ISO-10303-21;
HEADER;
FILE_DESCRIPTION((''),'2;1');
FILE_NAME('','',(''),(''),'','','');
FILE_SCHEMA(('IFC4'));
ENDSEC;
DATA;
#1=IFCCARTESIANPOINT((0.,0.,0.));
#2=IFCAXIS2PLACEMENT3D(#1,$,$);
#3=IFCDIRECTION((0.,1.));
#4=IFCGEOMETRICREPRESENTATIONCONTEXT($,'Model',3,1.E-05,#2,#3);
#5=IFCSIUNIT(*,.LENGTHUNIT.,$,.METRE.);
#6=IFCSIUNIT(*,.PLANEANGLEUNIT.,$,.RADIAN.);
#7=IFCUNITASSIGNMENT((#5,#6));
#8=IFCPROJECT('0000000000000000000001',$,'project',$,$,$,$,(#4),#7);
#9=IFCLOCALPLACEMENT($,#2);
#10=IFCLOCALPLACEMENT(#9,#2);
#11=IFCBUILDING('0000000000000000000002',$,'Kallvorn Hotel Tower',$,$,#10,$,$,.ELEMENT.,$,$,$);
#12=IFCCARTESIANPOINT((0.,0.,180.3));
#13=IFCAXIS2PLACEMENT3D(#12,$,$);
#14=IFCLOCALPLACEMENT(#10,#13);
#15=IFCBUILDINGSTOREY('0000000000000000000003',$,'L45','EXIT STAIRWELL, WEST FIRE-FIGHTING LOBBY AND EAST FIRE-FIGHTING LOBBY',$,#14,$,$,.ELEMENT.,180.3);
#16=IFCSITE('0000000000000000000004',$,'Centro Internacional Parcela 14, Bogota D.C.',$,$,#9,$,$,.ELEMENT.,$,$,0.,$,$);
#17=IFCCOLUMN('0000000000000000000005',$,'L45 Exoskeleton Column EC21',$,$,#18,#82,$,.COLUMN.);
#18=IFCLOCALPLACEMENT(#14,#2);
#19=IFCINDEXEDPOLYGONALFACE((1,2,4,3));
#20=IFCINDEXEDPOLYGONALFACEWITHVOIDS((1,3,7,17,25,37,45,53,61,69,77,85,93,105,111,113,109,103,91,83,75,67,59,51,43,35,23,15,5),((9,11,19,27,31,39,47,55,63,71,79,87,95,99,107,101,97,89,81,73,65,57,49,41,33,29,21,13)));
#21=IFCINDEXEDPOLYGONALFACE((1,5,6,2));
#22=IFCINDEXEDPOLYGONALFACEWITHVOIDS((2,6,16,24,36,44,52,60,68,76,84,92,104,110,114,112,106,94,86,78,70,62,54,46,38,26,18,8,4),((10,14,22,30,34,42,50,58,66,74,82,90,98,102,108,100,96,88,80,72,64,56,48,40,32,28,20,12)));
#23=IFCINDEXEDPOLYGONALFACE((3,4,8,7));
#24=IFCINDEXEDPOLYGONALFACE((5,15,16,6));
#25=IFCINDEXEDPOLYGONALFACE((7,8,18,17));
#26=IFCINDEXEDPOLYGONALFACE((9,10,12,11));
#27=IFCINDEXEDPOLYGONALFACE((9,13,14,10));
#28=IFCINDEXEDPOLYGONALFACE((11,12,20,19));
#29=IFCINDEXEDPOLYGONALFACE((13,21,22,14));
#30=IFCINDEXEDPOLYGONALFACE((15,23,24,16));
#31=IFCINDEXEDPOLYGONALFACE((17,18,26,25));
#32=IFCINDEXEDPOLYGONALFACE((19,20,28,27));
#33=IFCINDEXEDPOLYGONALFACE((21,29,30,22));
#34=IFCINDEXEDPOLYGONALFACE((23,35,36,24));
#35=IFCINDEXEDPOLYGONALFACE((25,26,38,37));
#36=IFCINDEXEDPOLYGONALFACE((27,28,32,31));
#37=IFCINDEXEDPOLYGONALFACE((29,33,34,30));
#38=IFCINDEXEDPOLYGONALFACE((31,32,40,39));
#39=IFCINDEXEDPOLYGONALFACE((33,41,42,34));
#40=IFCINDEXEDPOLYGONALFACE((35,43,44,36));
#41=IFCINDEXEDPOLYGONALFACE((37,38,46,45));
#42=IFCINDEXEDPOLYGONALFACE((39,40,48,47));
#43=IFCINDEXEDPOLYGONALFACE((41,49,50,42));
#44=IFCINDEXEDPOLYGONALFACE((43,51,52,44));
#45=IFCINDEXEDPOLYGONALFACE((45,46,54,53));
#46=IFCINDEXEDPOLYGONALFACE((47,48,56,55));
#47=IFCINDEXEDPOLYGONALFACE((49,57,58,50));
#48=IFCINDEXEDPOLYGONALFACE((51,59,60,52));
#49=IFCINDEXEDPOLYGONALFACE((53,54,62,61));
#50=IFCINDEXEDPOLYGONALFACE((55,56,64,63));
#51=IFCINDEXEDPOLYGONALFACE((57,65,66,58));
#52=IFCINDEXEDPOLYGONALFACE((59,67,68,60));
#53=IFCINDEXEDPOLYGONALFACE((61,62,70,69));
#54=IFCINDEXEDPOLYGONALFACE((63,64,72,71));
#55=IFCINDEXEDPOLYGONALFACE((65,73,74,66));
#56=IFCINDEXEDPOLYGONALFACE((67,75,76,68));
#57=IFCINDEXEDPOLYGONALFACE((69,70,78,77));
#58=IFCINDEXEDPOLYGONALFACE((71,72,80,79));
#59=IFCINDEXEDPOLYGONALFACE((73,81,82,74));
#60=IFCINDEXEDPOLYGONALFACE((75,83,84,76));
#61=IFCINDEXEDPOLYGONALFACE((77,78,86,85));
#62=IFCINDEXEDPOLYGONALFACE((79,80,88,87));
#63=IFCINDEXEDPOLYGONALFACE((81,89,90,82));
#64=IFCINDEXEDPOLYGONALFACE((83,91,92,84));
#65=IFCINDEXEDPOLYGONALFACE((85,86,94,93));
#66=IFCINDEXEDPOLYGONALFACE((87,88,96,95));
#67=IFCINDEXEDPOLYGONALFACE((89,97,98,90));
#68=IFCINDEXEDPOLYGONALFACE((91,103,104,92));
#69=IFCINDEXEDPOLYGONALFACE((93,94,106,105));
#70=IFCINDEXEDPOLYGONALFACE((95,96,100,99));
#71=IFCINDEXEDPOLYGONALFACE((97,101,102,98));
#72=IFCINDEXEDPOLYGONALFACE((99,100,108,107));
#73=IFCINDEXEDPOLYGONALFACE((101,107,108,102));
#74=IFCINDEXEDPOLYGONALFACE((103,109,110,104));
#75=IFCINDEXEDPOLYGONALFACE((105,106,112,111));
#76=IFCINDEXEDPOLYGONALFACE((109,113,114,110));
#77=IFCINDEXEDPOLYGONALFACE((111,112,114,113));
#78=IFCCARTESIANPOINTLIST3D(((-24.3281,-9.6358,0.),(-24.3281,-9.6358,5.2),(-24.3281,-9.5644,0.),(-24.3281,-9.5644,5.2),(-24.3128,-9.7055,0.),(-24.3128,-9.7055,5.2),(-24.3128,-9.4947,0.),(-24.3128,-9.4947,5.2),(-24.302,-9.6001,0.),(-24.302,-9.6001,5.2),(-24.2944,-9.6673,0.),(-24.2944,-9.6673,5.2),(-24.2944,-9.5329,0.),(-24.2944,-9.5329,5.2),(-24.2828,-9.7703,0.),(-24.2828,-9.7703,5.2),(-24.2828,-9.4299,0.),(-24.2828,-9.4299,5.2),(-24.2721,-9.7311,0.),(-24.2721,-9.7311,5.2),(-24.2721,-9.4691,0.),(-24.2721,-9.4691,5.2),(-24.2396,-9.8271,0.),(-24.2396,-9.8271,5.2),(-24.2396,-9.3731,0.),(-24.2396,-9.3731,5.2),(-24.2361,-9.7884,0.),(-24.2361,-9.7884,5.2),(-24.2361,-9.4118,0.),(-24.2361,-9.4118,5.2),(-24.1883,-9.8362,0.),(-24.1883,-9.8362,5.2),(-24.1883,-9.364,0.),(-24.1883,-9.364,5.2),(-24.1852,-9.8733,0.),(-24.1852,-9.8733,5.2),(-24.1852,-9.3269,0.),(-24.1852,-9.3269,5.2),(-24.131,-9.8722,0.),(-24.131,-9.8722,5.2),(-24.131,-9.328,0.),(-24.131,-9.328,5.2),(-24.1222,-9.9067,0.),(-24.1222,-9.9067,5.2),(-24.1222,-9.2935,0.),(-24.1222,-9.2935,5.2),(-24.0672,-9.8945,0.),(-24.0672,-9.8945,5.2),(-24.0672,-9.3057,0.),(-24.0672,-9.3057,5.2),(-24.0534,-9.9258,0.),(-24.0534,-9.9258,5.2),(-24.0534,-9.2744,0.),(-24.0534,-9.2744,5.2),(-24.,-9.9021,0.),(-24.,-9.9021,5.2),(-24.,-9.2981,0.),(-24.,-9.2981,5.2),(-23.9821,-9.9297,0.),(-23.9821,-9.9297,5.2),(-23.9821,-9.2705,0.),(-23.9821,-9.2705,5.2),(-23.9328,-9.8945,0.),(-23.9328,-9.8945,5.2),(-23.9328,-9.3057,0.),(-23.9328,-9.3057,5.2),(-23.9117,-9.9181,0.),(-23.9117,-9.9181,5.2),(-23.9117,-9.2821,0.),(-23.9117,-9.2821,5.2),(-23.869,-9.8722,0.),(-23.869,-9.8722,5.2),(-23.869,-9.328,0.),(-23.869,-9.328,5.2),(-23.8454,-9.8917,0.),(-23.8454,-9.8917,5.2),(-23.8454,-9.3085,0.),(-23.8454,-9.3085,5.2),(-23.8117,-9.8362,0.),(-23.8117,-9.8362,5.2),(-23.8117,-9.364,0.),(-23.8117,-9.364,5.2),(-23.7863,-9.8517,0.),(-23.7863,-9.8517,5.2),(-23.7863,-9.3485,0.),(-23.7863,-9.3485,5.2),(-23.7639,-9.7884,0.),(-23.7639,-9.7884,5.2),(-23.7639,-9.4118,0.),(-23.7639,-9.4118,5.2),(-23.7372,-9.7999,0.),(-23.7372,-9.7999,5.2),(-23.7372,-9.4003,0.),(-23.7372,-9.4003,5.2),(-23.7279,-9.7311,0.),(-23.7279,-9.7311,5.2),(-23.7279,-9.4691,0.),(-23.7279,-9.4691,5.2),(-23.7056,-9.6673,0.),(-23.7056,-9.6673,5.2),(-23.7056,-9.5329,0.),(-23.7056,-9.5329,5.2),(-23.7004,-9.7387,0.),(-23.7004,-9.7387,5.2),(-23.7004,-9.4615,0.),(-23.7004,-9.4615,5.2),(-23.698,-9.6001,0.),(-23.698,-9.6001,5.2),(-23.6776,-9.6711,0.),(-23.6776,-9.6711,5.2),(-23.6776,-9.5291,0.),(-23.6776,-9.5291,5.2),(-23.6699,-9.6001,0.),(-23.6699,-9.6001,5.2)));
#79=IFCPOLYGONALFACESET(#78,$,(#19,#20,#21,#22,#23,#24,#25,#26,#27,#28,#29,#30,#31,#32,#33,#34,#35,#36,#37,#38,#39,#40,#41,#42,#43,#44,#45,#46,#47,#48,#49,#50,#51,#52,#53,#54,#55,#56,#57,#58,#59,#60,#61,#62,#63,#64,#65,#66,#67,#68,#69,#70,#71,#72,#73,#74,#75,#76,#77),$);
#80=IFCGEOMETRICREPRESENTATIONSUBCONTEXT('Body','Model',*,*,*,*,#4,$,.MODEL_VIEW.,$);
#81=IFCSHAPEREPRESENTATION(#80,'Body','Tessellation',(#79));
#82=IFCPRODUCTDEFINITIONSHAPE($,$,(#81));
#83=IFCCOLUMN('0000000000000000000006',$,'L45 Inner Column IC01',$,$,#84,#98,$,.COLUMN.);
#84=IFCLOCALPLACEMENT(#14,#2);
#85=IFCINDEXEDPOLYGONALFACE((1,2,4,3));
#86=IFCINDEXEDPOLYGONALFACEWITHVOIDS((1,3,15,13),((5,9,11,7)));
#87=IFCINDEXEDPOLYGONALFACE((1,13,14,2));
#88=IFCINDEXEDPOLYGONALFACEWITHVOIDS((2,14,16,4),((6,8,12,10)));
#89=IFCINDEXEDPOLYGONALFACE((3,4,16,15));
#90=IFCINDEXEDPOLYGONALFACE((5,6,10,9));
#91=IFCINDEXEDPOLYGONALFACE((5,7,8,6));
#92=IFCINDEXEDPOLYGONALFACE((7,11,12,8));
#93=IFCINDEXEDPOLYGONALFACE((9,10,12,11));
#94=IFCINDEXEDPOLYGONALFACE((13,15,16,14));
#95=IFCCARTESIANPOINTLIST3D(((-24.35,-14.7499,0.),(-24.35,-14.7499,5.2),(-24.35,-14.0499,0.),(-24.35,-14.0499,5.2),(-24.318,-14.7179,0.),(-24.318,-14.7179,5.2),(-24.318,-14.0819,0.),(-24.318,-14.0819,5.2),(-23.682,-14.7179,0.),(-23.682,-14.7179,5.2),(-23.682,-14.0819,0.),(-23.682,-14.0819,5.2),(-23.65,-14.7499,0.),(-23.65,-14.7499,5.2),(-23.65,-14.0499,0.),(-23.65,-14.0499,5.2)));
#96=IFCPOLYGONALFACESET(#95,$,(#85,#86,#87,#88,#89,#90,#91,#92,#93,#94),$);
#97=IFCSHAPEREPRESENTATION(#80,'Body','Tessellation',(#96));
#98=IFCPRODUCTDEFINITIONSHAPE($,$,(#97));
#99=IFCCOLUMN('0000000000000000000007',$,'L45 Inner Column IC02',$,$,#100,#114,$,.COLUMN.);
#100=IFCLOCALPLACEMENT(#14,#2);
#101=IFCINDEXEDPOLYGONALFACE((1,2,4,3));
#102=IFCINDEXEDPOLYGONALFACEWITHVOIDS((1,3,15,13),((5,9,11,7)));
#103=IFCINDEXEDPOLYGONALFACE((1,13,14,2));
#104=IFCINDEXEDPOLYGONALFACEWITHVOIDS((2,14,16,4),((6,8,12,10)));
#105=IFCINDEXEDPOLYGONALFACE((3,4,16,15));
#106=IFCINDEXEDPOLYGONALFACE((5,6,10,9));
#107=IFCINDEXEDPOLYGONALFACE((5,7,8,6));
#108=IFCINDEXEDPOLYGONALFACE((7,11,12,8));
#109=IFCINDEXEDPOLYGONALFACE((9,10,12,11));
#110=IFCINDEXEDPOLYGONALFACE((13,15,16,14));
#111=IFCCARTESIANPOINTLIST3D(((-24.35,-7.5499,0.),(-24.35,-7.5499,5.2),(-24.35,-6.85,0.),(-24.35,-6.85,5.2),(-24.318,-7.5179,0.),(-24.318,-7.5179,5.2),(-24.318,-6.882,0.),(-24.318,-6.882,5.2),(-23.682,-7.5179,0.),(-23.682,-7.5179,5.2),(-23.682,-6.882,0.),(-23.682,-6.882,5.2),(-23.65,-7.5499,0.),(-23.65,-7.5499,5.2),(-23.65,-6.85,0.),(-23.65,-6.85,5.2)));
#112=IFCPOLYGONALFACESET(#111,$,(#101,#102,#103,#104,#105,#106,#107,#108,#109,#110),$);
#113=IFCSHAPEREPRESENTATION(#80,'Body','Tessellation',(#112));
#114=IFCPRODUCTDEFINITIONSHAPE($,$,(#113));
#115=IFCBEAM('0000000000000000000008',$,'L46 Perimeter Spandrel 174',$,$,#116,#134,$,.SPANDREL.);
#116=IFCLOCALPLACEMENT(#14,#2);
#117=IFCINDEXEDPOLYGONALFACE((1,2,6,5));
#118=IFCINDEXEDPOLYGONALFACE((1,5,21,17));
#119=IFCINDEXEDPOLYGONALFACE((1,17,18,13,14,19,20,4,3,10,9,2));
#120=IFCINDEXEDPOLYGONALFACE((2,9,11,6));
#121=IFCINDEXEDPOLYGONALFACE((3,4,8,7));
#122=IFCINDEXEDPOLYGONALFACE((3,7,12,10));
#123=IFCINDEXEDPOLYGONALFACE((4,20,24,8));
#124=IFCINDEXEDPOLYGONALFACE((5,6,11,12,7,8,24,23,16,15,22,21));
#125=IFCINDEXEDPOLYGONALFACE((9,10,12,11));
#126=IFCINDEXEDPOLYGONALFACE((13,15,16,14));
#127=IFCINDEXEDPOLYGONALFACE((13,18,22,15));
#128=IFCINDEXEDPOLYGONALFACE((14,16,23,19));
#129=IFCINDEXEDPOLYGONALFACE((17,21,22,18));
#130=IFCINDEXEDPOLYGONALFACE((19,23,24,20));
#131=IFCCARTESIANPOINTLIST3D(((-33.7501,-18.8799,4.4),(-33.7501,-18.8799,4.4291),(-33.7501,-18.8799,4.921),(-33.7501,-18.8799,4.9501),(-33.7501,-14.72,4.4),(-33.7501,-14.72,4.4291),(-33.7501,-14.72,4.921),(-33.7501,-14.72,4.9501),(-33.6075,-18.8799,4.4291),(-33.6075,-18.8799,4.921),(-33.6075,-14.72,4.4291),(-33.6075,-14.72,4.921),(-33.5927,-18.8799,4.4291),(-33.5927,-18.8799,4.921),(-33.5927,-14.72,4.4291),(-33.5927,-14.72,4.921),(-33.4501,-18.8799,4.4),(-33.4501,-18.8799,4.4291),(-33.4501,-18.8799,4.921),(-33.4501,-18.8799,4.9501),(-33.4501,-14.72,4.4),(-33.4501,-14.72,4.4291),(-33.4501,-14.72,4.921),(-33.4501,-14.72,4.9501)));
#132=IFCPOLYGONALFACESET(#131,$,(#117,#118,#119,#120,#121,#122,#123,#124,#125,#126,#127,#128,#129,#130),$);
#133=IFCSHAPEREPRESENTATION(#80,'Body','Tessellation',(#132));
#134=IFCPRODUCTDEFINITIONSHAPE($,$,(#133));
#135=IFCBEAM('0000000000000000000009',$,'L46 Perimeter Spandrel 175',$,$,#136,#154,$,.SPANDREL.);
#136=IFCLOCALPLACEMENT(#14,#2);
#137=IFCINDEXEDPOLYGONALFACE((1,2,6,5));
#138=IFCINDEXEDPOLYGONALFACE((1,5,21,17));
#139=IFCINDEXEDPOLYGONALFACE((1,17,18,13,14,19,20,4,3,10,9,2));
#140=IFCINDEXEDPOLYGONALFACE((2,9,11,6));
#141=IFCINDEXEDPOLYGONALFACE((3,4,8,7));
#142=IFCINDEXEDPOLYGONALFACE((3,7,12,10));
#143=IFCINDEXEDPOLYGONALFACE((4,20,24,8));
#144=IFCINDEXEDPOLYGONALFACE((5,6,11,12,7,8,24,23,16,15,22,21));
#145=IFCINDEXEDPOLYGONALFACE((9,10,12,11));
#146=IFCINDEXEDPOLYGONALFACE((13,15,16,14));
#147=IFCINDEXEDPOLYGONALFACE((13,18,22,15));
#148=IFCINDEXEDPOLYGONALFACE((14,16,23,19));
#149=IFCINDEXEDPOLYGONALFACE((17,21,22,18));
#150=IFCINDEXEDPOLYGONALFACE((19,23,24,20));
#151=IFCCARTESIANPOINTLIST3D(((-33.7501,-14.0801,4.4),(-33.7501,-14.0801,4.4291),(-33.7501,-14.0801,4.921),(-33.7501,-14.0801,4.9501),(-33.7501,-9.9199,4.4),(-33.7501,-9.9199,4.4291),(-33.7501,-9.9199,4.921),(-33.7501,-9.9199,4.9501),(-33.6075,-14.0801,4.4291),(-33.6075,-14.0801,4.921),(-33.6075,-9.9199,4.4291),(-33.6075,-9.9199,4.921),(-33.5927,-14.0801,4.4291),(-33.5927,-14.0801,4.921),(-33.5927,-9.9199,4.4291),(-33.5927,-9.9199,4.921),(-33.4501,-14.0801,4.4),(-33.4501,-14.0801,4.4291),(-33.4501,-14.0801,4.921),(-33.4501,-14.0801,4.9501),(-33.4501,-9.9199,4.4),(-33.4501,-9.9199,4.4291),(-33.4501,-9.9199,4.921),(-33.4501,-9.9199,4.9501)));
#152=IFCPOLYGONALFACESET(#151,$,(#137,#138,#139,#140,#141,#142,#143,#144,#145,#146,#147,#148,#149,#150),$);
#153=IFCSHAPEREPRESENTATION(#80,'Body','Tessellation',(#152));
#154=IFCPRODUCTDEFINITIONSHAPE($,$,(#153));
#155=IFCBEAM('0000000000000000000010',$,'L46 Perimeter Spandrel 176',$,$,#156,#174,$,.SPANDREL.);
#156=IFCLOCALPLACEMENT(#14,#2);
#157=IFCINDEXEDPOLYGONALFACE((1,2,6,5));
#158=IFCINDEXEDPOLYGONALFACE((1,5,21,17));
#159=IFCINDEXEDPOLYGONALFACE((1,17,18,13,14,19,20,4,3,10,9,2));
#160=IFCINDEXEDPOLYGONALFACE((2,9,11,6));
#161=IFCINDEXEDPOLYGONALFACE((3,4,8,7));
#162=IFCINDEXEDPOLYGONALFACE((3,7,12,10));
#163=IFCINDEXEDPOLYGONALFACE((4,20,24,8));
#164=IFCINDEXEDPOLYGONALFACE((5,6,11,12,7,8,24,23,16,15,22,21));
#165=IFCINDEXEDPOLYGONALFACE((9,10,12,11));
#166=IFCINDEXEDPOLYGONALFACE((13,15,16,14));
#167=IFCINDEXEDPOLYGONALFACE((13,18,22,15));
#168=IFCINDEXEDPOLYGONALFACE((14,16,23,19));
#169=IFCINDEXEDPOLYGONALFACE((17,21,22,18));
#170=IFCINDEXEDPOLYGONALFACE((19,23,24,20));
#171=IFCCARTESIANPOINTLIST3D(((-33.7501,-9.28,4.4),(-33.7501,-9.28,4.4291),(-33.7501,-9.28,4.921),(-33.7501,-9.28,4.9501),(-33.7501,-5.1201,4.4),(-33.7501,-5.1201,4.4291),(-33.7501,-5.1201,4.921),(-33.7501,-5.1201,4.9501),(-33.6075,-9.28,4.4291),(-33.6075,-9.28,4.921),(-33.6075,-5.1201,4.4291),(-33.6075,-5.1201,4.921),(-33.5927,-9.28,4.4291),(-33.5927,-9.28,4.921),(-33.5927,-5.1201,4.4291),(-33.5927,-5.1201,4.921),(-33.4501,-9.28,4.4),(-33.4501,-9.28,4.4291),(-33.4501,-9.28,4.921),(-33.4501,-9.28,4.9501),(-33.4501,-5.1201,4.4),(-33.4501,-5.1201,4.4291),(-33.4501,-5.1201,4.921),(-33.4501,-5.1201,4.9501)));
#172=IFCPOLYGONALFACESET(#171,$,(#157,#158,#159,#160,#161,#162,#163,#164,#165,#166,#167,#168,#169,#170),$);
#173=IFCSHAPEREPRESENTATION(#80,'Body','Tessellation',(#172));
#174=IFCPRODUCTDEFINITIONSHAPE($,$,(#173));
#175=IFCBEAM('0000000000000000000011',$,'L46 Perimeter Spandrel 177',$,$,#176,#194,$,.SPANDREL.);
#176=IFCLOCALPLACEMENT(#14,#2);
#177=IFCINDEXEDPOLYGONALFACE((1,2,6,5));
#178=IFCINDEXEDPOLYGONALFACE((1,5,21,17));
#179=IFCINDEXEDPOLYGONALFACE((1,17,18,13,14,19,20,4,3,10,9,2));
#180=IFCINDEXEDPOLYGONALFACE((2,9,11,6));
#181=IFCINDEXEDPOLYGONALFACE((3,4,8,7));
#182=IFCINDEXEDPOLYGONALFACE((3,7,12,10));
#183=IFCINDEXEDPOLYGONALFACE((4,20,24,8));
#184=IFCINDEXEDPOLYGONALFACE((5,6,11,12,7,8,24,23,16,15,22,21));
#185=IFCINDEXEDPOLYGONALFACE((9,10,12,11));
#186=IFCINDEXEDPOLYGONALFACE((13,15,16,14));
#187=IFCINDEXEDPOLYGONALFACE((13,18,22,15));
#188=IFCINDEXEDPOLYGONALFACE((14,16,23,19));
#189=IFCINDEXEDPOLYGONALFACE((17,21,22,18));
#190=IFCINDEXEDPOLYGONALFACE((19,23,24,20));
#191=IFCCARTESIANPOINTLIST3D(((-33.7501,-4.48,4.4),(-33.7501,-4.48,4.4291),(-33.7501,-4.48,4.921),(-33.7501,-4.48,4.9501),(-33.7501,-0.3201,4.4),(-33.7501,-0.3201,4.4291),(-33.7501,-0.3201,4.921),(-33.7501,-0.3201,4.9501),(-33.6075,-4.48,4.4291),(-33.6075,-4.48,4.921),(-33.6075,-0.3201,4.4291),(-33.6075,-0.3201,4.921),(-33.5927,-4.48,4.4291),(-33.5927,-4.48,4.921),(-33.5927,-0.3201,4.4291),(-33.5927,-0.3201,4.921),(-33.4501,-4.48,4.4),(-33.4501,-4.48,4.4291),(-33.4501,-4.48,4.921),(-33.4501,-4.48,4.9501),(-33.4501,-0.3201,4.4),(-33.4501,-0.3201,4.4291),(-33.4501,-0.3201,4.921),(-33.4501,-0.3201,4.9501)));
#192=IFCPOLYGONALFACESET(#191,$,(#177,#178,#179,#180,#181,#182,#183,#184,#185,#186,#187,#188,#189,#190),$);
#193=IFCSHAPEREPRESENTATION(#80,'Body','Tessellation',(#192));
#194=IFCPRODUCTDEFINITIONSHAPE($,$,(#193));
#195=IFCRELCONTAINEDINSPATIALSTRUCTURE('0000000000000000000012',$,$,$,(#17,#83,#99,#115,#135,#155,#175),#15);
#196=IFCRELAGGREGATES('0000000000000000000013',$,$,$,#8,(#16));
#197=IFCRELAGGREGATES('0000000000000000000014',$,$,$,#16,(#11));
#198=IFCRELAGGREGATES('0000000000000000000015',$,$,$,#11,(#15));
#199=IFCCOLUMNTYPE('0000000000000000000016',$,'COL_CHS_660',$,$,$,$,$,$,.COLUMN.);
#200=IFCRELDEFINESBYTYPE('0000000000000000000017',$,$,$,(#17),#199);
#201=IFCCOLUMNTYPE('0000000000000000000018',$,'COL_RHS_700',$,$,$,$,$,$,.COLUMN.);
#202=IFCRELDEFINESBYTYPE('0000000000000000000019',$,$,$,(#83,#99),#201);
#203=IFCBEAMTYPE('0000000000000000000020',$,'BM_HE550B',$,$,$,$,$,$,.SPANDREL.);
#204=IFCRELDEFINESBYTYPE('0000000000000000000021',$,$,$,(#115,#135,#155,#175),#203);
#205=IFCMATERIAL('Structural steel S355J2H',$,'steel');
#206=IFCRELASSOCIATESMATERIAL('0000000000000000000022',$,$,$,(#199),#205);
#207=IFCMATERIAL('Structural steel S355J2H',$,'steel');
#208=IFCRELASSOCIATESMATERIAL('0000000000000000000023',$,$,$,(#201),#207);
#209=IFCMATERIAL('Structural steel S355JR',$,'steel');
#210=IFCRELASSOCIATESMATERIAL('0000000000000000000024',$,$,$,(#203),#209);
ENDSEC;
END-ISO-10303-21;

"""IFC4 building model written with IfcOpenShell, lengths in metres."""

from ifc_helpers import new_model, si_unit, direction, frame, origin, origin_2d, place, context, subcontext, project, spatial, hollow_rectangle, hollow_circle, i_section, extrude, material, material_profile, profile_set, type_object, element, save


model = new_model("IFC4")

# Units and contexts
model_context = context("Model", 3, precision=1e-05, world=origin(), true_north=direction((0.0, 1.0)))
body_context = subcontext(model_context, "Body", "Model", "MODEL_VIEW")
ifc_project = project(units=[si_unit("LENGTHUNIT", "METRE"), si_unit("PLANEANGLEUNIT", "RADIAN")], contexts=[model_context])

# Site, building, storey
site_placement = place(None, origin())
site = spatial("IfcSite", under=ifc_project, at=site_placement, Name="Centro Internacional Parcela 14, Bogota D.C.", CompositionType="ELEMENT", RefElevation=0.0)
building_placement = place(site_placement, origin())
building = spatial("IfcBuilding", under=site, at=building_placement, Name="Kallvorn Hotel Tower", CompositionType="ELEMENT")
storey_placement = place(building_placement, frame((0.0, 0.0, 180.3)))
storey = spatial("IfcBuildingStorey", under=building, at=storey_placement, Name="L45", Description="EXIT STAIRWELL, WEST FIRE-FIGHTING LOBBY AND EAST FIRE-FIGHTING LOBBY", CompositionType="ELEMENT", Elevation=180.3)

# Columns
ifc_material_1 = material(Name="Structural steel S355J2H", Category="steel")
ifc_material_profile_1 = material_profile(ifc_material_1, hollow_circle(Radius=0.3301, WallThickness=0.0281, at=origin_2d()), Name="CHS 660x28")
ifc_profile_set_1 = profile_set([ifc_material_profile_1], Name="Structural steel S355J2H")
column_type_1 = type_object("IfcColumnType", Name="COL_CHS_660", PredefinedType="COLUMN", material=ifc_profile_set_1)
for number, where, z_axis, x_axis, name in (
    (1, (-24.0, -9.6001, 0.0), (0.0, 0.0, 1.0), (1.0, 0.0, 0.0), "L45 Exoskeleton Column EC21"),
):
    element("IfcColumn", number, at=place(storey_placement, frame(where, z_axis=z_axis, x_axis=x_axis)), inside=storey, type_object=column_type_1, Name=name, PredefinedType="COLUMN", context=body_context, shape_type="SweptSolid", body=[
        extrude(hollow_circle(Radius=0.3301, WallThickness=0.0281, at=origin_2d()), origin(), (0.0, 0.0, 1.0), 5.2),
    ])
ifc_material_2 = material(Name="Structural steel S355J2H", Category="steel")
ifc_material_profile_2 = material_profile(ifc_material_2, hollow_rectangle(XDim=0.7, YDim=0.7, WallThickness=0.032, at=origin_2d()), Name="RHS 700x700x32")
ifc_profile_set_2 = profile_set([ifc_material_profile_2], Name="Structural steel S355J2H")
column_type_2 = type_object("IfcColumnType", Name="COL_RHS_700", PredefinedType="COLUMN", material=ifc_profile_set_2)
for number, where, z_axis, x_axis, name in (
    (2, (-24.0, -14.3999, 0.0), (0.0, 0.0, 1.0), (1.0, 0.0, 0.0), "L45 Inner Column IC01"),
    (3, (-24.0, -7.2, 0.0), (0.0, 0.0, 1.0), (1.0, 0.0, 0.0), "L45 Inner Column IC02"),
):
    element("IfcColumn", number, at=place(storey_placement, frame(where, z_axis=z_axis, x_axis=x_axis)), inside=storey, type_object=column_type_2, Name=name, PredefinedType="COLUMN", context=body_context, shape_type="SweptSolid", body=[
        extrude(hollow_rectangle(XDim=0.7, YDim=0.7, WallThickness=0.032, at=origin_2d()), origin(), (0.0, 0.0, 1.0), 5.2),
    ])

# Beams
ifc_material_3 = material(Name="Structural steel S355JR", Category="steel")
ifc_material_profile_3 = material_profile(ifc_material_3, i_section(OverallWidth=0.3, OverallDepth=0.55, WebThickness=0.0149, FlangeThickness=0.0291, at=origin_2d()), Name="HE 550 B")
ifc_profile_set_3 = profile_set([ifc_material_profile_3], Name="Structural steel S355JR")
beam_type_1 = type_object("IfcBeamType", Name="BM_HE550B", PredefinedType="SPANDREL", material=ifc_profile_set_3)
beam_1_placement = place(storey_placement, frame((-33.6001, -18.8799, 4.675), z_axis=(0.0, 1.0, 0.0), x_axis=(-1.0, 0.0, 0.0)))
element("IfcBeam", 4, at=beam_1_placement, inside=storey, type_object=beam_type_1, Name="L46 Perimeter Spandrel 174", PredefinedType="SPANDREL", context=body_context, shape_type="SweptSolid", body=[
    extrude(i_section(OverallWidth=0.3, OverallDepth=0.55, WebThickness=0.0149, FlangeThickness=0.0291, at=origin_2d()), origin(), (0.0, 0.0, 1.0), 4.1599),
])
beam_2_placement = place(storey_placement, frame((-33.6001, -14.0801, 4.675), z_axis=(0.0, 1.0, 0.0), x_axis=(-1.0, 0.0, 0.0)))
element("IfcBeam", 5, at=beam_2_placement, inside=storey, type_object=beam_type_1, Name="L46 Perimeter Spandrel 175", PredefinedType="SPANDREL", context=body_context, shape_type="SweptSolid", body=[
    extrude(i_section(OverallWidth=0.3, OverallDepth=0.55, WebThickness=0.0149, FlangeThickness=0.0291, at=origin_2d()), origin(), (0.0, 0.0, 1.0), 4.1602),
])
for number, where, z_axis, x_axis, name in (
    (6, (-33.6001, -9.28, 4.675), (0.0, 1.0, 0.0), (-1.0, 0.0, 0.0), "L46 Perimeter Spandrel 176"),
    (7, (-33.6001, -4.48, 4.675), (0.0, 1.0, 0.0), (-1.0, 0.0, 0.0), "L46 Perimeter Spandrel 177"),
):
    element("IfcBeam", number, at=place(storey_placement, frame(where, z_axis=z_axis, x_axis=x_axis)), inside=storey, type_object=beam_type_1, Name=name, PredefinedType="SPANDREL", context=body_context, shape_type="SweptSolid", body=[
        extrude(i_section(OverallWidth=0.3, OverallDepth=0.55, WebThickness=0.0149, FlangeThickness=0.0291, at=origin_2d()), origin(), (0.0, 0.0, 1.0), 4.1599),
    ])

save(model, "model.ifc")
